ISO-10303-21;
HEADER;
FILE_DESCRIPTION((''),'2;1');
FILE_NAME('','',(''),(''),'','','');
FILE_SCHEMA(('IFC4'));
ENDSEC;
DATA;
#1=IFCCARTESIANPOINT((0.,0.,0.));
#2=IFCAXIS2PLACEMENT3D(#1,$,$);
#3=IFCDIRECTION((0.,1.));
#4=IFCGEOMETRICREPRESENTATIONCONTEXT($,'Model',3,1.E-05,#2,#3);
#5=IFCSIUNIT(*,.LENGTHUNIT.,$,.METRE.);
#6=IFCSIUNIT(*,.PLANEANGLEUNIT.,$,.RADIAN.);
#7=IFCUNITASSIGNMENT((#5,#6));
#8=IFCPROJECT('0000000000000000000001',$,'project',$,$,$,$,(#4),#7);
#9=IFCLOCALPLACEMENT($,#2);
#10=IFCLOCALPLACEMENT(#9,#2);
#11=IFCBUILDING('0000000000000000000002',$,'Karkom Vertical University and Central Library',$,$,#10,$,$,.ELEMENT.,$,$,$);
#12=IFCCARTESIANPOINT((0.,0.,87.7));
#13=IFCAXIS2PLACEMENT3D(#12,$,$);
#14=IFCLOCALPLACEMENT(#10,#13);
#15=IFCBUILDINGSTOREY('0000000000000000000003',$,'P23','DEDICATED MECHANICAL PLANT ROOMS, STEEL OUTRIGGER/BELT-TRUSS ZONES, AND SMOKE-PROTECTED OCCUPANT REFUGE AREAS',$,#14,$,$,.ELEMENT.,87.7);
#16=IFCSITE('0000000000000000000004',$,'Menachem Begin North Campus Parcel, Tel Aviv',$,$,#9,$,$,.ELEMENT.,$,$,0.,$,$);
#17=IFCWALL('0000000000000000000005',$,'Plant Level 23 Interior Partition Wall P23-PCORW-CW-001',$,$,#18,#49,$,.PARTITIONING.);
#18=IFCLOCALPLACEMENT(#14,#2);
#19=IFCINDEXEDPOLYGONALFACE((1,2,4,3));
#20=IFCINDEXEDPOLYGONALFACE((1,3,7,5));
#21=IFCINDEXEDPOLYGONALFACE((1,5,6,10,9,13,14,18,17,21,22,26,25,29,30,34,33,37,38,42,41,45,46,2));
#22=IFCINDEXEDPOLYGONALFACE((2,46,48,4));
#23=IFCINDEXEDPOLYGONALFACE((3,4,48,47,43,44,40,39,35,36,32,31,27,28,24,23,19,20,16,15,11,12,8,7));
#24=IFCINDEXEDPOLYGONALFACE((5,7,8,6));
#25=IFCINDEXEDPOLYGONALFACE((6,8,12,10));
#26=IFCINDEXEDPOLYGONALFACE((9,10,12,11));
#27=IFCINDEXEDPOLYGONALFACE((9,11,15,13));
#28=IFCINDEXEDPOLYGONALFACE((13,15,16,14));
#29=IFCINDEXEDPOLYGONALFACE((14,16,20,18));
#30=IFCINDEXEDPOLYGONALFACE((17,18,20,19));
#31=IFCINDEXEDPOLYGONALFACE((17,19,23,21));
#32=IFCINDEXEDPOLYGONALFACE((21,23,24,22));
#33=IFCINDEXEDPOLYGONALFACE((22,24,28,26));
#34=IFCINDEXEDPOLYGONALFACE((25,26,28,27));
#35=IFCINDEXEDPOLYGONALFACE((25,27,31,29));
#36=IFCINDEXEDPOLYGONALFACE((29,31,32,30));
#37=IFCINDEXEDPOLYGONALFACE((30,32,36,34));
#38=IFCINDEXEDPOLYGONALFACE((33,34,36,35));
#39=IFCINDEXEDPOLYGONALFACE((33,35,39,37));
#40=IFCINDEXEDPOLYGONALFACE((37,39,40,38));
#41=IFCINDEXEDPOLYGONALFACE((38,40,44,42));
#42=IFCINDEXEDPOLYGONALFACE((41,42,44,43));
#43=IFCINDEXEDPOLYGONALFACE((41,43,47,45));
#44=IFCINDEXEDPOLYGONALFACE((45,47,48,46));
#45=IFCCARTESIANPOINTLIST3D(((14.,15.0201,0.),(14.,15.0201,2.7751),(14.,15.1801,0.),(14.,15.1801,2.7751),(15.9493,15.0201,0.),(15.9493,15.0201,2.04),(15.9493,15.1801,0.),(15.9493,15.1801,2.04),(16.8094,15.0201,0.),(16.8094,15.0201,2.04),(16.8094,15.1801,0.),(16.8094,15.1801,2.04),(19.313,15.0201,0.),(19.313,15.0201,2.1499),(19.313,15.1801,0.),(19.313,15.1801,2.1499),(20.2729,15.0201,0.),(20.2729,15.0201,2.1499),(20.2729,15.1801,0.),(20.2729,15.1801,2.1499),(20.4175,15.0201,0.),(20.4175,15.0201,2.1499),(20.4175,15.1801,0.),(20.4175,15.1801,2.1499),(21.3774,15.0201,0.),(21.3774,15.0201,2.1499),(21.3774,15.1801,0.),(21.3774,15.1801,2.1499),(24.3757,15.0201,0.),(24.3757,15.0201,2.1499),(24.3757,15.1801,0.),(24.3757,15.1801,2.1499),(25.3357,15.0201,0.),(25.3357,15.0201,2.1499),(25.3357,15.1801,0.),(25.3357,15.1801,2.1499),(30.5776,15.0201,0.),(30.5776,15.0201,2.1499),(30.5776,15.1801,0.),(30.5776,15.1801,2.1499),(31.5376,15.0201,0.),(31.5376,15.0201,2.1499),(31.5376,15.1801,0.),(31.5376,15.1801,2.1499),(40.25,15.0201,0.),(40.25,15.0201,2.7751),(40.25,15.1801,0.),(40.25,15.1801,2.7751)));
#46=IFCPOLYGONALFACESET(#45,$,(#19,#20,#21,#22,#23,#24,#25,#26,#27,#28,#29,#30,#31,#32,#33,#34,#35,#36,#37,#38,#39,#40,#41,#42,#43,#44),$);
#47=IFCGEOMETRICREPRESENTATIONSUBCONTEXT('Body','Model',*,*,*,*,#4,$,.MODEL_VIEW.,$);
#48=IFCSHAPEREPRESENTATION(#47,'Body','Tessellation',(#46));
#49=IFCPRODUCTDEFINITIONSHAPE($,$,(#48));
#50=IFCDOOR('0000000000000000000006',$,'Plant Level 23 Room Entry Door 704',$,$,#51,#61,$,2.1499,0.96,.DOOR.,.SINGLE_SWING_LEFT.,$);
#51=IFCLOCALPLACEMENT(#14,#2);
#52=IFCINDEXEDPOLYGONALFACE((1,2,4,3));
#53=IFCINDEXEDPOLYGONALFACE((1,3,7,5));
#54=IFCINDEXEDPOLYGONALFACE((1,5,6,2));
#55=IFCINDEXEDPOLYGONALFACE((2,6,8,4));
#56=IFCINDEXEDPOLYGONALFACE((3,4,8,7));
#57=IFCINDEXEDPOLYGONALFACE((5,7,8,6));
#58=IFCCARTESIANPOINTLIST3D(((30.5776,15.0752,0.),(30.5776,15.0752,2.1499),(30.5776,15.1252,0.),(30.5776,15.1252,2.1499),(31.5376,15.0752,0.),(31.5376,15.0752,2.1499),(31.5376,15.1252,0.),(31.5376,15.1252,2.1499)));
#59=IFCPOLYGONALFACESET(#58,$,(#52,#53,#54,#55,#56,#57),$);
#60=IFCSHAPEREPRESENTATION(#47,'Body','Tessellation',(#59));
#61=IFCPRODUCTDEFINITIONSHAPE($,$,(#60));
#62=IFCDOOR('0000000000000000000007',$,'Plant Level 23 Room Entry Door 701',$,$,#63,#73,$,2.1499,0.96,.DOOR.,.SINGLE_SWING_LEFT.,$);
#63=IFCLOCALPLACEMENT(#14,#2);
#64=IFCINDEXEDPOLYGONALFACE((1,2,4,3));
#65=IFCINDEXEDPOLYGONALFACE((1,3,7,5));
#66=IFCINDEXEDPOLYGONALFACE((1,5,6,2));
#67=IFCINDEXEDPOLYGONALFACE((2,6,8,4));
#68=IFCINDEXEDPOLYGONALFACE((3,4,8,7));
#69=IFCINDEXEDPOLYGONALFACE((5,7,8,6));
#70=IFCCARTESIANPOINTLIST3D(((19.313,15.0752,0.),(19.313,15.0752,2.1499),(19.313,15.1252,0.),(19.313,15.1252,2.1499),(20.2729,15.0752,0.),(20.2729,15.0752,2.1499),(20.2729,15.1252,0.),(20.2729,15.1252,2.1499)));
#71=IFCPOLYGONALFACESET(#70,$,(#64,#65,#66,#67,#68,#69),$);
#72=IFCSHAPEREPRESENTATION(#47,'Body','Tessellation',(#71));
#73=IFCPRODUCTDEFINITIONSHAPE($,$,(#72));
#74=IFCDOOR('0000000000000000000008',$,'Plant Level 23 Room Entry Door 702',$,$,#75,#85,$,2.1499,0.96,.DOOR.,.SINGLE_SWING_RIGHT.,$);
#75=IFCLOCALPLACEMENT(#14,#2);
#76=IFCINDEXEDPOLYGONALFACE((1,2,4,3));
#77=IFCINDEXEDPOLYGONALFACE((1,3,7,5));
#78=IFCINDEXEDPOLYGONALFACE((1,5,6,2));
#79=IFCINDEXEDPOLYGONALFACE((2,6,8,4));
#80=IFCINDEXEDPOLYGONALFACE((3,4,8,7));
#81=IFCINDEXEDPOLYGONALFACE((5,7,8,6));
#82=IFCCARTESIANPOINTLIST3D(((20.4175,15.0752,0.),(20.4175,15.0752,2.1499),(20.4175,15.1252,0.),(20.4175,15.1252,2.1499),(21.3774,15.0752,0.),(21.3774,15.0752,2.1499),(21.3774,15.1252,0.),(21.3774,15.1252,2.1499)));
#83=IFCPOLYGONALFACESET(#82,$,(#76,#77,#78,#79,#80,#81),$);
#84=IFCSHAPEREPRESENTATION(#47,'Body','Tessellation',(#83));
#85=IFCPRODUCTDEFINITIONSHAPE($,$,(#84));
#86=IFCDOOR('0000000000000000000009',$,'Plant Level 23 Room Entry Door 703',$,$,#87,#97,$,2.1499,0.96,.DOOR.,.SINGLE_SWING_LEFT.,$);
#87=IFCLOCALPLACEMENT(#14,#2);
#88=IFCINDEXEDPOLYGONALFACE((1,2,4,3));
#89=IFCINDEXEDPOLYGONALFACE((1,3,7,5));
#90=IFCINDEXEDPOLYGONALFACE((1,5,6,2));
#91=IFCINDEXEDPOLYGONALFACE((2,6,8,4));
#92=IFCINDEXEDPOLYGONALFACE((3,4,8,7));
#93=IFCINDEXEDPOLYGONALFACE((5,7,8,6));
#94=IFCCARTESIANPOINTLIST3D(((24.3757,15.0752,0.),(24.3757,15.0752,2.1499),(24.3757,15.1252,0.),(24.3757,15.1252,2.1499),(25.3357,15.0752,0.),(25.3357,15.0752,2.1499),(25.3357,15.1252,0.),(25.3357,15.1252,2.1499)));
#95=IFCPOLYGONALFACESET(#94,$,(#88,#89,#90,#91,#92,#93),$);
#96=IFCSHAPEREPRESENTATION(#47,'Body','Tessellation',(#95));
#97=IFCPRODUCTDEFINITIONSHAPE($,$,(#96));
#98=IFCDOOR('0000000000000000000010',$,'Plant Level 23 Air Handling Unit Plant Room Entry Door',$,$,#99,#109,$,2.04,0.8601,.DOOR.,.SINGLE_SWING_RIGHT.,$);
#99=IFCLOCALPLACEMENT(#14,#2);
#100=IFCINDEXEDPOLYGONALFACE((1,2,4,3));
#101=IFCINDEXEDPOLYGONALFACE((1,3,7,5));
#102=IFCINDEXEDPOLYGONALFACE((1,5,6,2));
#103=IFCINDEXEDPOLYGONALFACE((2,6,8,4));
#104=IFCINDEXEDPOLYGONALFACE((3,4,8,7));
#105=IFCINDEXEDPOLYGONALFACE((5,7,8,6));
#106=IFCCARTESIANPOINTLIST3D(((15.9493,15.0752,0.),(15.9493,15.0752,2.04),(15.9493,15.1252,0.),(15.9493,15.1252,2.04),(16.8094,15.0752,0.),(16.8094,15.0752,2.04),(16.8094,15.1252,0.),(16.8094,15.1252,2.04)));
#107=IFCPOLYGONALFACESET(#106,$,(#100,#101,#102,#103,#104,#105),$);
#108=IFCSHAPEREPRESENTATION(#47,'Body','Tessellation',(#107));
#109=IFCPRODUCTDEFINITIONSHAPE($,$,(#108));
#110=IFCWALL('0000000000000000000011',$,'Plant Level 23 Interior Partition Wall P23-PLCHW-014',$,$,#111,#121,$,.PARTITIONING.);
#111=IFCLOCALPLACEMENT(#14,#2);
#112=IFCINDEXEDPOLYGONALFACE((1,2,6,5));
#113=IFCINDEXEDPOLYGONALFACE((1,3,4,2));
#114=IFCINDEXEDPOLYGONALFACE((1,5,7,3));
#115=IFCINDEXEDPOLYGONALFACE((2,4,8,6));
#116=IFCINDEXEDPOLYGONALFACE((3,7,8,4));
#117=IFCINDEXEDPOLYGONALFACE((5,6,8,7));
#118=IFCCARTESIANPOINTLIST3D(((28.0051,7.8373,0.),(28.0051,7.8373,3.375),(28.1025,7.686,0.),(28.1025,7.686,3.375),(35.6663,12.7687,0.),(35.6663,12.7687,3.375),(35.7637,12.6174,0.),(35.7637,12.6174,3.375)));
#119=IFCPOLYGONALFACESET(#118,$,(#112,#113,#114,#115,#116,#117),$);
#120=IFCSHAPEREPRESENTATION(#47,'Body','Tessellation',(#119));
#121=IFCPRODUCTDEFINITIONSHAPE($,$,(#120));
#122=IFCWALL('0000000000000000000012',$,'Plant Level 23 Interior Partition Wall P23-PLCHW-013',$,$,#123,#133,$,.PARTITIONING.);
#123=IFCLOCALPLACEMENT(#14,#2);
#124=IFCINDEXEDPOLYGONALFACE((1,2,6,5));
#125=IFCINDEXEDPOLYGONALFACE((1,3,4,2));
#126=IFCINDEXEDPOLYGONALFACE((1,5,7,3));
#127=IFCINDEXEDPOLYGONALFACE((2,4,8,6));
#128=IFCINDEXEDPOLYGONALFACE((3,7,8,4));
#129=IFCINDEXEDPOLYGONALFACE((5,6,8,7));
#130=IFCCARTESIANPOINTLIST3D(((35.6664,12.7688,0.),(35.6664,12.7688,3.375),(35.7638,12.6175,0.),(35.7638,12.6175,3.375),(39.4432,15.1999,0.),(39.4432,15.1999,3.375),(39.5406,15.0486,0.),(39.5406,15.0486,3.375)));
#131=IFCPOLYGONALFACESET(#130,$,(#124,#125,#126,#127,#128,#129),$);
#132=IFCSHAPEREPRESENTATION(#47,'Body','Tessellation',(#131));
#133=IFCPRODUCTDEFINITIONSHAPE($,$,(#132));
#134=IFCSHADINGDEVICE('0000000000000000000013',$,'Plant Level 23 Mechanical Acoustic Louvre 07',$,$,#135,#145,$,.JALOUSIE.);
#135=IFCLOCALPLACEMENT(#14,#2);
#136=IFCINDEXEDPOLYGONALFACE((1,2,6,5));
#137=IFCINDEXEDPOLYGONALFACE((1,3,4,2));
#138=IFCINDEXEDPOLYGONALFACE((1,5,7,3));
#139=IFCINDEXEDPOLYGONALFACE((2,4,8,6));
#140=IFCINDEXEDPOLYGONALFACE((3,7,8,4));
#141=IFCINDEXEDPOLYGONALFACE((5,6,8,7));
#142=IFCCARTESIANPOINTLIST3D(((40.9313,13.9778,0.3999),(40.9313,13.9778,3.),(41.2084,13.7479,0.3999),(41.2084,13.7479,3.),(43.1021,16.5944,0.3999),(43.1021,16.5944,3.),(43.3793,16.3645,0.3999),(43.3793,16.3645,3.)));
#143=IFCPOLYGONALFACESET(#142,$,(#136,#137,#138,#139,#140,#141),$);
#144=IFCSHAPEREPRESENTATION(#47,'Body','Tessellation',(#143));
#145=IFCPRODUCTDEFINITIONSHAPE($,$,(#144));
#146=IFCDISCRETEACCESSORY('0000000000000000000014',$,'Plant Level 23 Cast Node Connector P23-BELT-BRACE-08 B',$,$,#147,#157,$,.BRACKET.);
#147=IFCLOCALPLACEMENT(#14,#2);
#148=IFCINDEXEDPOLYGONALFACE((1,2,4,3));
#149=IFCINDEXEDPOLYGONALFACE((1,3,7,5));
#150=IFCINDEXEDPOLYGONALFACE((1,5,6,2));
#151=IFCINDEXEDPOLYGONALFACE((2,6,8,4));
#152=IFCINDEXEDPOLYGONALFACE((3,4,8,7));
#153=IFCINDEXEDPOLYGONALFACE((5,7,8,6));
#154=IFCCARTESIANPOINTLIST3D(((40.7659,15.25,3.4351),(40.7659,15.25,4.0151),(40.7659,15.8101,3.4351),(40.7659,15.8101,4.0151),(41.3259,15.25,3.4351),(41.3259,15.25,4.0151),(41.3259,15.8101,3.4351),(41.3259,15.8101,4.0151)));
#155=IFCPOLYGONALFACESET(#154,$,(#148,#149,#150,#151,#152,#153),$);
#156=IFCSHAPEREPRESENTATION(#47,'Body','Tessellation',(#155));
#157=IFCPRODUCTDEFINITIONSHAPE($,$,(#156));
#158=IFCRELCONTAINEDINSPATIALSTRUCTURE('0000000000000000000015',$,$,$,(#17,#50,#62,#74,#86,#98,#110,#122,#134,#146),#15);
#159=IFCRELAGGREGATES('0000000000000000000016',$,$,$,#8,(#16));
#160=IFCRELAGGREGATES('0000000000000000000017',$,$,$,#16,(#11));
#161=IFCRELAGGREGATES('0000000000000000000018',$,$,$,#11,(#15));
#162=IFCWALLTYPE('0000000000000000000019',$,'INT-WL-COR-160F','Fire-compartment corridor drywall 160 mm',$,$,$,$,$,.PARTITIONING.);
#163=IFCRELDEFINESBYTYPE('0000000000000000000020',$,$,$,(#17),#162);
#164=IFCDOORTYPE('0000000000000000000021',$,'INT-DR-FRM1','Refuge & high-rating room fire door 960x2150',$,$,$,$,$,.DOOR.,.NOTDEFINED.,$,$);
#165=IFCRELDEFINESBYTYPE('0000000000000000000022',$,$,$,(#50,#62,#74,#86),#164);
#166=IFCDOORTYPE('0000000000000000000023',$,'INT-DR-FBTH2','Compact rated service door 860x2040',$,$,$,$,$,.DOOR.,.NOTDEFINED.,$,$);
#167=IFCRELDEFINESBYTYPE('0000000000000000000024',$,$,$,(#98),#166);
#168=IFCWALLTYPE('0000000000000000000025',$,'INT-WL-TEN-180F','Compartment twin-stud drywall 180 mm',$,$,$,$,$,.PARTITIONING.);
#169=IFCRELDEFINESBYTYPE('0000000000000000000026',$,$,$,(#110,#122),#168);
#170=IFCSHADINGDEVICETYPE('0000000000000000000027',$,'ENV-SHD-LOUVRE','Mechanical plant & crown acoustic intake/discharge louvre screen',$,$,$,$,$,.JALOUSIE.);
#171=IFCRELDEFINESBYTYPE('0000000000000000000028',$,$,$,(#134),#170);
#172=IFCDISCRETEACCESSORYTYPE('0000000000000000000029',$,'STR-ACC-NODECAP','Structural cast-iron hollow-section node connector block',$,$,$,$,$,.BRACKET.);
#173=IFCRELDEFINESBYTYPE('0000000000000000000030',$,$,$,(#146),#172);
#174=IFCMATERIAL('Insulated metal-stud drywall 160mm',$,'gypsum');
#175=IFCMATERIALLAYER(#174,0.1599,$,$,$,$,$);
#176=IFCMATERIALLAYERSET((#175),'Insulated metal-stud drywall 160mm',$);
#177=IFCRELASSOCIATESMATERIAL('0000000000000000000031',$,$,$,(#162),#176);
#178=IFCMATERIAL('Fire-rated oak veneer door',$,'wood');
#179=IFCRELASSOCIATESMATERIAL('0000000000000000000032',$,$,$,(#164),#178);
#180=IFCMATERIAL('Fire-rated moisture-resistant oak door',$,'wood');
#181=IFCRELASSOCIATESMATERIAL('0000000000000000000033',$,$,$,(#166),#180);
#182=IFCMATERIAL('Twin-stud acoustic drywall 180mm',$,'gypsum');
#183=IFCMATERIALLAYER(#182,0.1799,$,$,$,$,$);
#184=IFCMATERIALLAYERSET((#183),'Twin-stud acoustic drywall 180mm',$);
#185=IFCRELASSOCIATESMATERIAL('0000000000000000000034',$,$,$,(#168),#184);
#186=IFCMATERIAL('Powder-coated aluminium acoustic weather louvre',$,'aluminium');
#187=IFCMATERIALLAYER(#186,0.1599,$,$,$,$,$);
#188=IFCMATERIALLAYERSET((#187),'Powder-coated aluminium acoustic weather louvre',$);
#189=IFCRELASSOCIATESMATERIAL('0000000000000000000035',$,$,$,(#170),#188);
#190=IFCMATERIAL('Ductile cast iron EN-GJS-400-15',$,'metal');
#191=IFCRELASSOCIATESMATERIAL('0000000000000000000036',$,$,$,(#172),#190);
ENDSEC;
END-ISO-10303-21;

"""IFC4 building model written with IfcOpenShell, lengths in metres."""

from ifc_helpers import new_model, si_unit, direction, frame, frame_2d, origin, origin_with_axes, origin_2d, place, context, subcontext, project, spatial, rectangle, extrude, source, transform, mapped, material, layer, layer_set, type_object, element, fill, save


model = new_model("IFC4")

# Units and contexts
model_context = context("Model", 3, precision=1e-05, world=origin(), true_north=direction((0.0, 1.0)))
body_context = subcontext(model_context, "Body", "Model", "MODEL_VIEW")
ifc_project = project(units=[si_unit("LENGTHUNIT", "METRE"), si_unit("PLANEANGLEUNIT", "RADIAN")], contexts=[model_context])

# Site, building, storey
site_placement = place(None, origin())
site = spatial("IfcSite", under=ifc_project, at=site_placement, Name="Menachem Begin North Campus Parcel, Tel Aviv", CompositionType="ELEMENT", RefElevation=0.0)
building_placement = place(site_placement, origin())
building = spatial("IfcBuilding", under=site, at=building_placement, Name="Karkom Vertical University and Central Library", CompositionType="ELEMENT")
storey_placement = place(building_placement, frame((0.0, 0.0, 87.7)))
storey = spatial("IfcBuildingStorey", under=building, at=storey_placement, Name="P23", Description="DEDICATED MECHANICAL PLANT ROOMS, STEEL OUTRIGGER/BELT-TRUSS ZONES, AND SMOKE-PROTECTED OCCUPANT REFUGE AREAS", CompositionType="ELEMENT", Elevation=87.7)

# Wall, openings, doors
ifc_material_1 = material(Name="Insulated metal-stud drywall 160mm", Category="gypsum")
ifc_layer_1 = layer(ifc_material_1, 0.1599)
ifc_layer_set_1 = layer_set([ifc_layer_1], Name="Insulated metal-stud drywall 160mm")
wall_type_1 = type_object("IfcWallType", Name="INT-WL-COR-160F", Description="Fire-compartment corridor drywall 160 mm", PredefinedType="PARTITIONING", material=ifc_layer_set_1)
wall_1_placement = place(storey_placement, frame((40.25, 15.1001, 0.0), z_axis=(0.0, 0.0, 1.0), x_axis=(-1.0, 0.0, 0.0)))
wall_1 = element("IfcWall", 1, at=wall_1_placement, inside=storey, type_object=wall_type_1, Name="Plant Level 23 Interior Partition Wall P23-PCORW-CW-001", PredefinedType="PARTITIONING", context=body_context, shape_type="SweptSolid", body=[
    extrude(rectangle(XDim=26.25, YDim=0.1599, at=frame_2d((13.125, 0.0))), origin(), (0.0, 0.0, 1.0), 2.7751),
])
opening_1_placement = place(wall_1_placement, frame((8.7124, 0.0, 0.0)))
opening_1 = element("IfcOpeningElement", 2, at=opening_1_placement, cuts=wall_1, PredefinedType="OPENING", context=body_context, shape_type="SweptSolid", body=[
    extrude(rectangle(XDim=0.96, YDim=2.1499, at=frame_2d((0.48, 1.075))), frame((0.0, 0.0898, 0.0), z_axis=(0.0, -1.0, 0.0), x_axis=(1.0, 0.0, 0.0)), (0.0, 0.0, 1.0), 0.1799),
])
opening_2_placement = place(wall_1_placement, frame((19.9771, 0.0, 0.0)))
opening_2 = element("IfcOpeningElement", 3, at=opening_2_placement, cuts=wall_1, PredefinedType="OPENING", context=body_context, shape_type="SweptSolid", body=[
    extrude(rectangle(XDim=0.96, YDim=2.1499, at=frame_2d((0.48, 1.075))), frame((0.0, 0.0898, 0.0), z_axis=(0.0, -1.0, 0.0), x_axis=(1.0, 0.0, 0.0)), (0.0, 0.0, 1.0), 0.1799),
])
opening_3_placement = place(wall_1_placement, frame((18.8726, 0.0, 0.0)))
opening_3 = element("IfcOpeningElement", 4, at=opening_3_placement, cuts=wall_1, PredefinedType="OPENING", context=body_context, shape_type="SweptSolid", body=[
    extrude(rectangle(XDim=0.96, YDim=2.1499, at=frame_2d((0.48, 1.075))), frame((0.0, 0.0898, 0.0), z_axis=(0.0, -1.0, 0.0), x_axis=(1.0, 0.0, 0.0)), (0.0, 0.0, 1.0), 0.1799),
])
opening_4_placement = place(wall_1_placement, frame((14.9143, 0.0, 0.0)))
opening_4 = element("IfcOpeningElement", 5, at=opening_4_placement, cuts=wall_1, PredefinedType="OPENING", context=body_context, shape_type="SweptSolid", body=[
    extrude(rectangle(XDim=0.96, YDim=2.1499, at=frame_2d((0.48, 1.075))), frame((0.0, 0.0898, 0.0), z_axis=(0.0, -1.0, 0.0), x_axis=(1.0, 0.0, 0.0)), (0.0, 0.0, 1.0), 0.1799),
])
opening_5_placement = place(wall_1_placement, frame((23.4404, 0.0, 0.0)))
opening_5 = element("IfcOpeningElement", 6, at=opening_5_placement, cuts=wall_1, PredefinedType="OPENING", context=body_context, shape_type="SweptSolid", body=[
    extrude(rectangle(XDim=0.8601, YDim=2.04, at=frame_2d((0.4302, 1.02))), frame((0.0, 0.0898, 0.0), z_axis=(0.0, -1.0, 0.0), x_axis=(1.0, 0.0, 0.0)), (0.0, 0.0, 1.0), 0.1799),
])
ifc_material_2 = material(Name="Fire-rated oak veneer door", Category="wood")
door_type_1 = type_object("IfcDoorType", Name="INT-DR-FRM1", Description="Refuge & high-rating room fire door 960x2150", OperationType="NOTDEFINED", PredefinedType="DOOR", material=ifc_material_2)
shared_shape_1 = source(origin_with_axes(), body_context, "Body", "SweptSolid", [
    extrude(rectangle(XDim=0.96, YDim=2.1499, at=frame_2d((0.48, 1.075))), frame((0.0, 0.0249, 0.0), z_axis=(0.0, -1.0, 0.0), x_axis=(1.0, 0.0, 0.0)), (0.0, 0.0, 1.0), 0.05),
])
door_1_placement = place(opening_1_placement, origin())
door_1 = element("IfcDoor", 7, at=door_1_placement, inside=storey, type_object=door_type_1, Name="Plant Level 23 Room Entry Door 704", OperationType="SINGLE_SWING_LEFT", OverallHeight=2.1499, OverallWidth=0.96, PredefinedType="DOOR", context=body_context, shape_type="MappedRepresentation", body=[
    mapped(shared_shape_1, transform((0.0, 0.0, 0.0), scale=1.0)),
])
fill(opening_1, door_1)
door_2_placement = place(opening_2_placement, origin())
door_2 = element("IfcDoor", 8, at=door_2_placement, inside=storey, type_object=door_type_1, Name="Plant Level 23 Room Entry Door 701", OperationType="SINGLE_SWING_LEFT", OverallHeight=2.1499, OverallWidth=0.96, PredefinedType="DOOR", context=body_context, shape_type="MappedRepresentation", body=[
    mapped(shared_shape_1, transform((0.0, 0.0, 0.0), scale=1.0)),
])
fill(opening_2, door_2)
door_3_placement = place(opening_3_placement, origin())
door_3 = element("IfcDoor", 9, at=door_3_placement, inside=storey, type_object=door_type_1, Name="Plant Level 23 Room Entry Door 702", OperationType="SINGLE_SWING_RIGHT", OverallHeight=2.1499, OverallWidth=0.96, PredefinedType="DOOR", context=body_context, shape_type="MappedRepresentation", body=[
    mapped(shared_shape_1, transform((0.0, 0.0, 0.0), scale=1.0)),
])
fill(opening_3, door_3)
door_4_placement = place(opening_4_placement, origin())
door_4 = element("IfcDoor", 10, at=door_4_placement, inside=storey, type_object=door_type_1, Name="Plant Level 23 Room Entry Door 703", OperationType="SINGLE_SWING_LEFT", OverallHeight=2.1499, OverallWidth=0.96, PredefinedType="DOOR", context=body_context, shape_type="MappedRepresentation", body=[
    mapped(shared_shape_1, transform((0.0, 0.0, 0.0), scale=1.0)),
])
fill(opening_4, door_4)
ifc_material_3 = material(Name="Fire-rated moisture-resistant oak door", Category="wood")
door_type_2 = type_object("IfcDoorType", Name="INT-DR-FBTH2", Description="Compact rated service door 860x2040", OperationType="NOTDEFINED", PredefinedType="DOOR", material=ifc_material_3)
shared_shape_2 = source(origin_with_axes(), body_context, "Body", "SweptSolid", [
    extrude(rectangle(XDim=0.8601, YDim=2.04, at=frame_2d((0.4302, 1.02))), frame((0.0, 0.0249, 0.0), z_axis=(0.0, -1.0, 0.0), x_axis=(1.0, 0.0, 0.0)), (0.0, 0.0, 1.0), 0.05),
])
door_5_placement = place(opening_5_placement, origin())
door_5 = element("IfcDoor", 11, at=door_5_placement, inside=storey, type_object=door_type_2, Name="Plant Level 23 Air Handling Unit Plant Room Entry Door", OperationType="SINGLE_SWING_RIGHT", OverallHeight=2.04, OverallWidth=0.8601, PredefinedType="DOOR", context=body_context, shape_type="MappedRepresentation", body=[
    mapped(shared_shape_2, transform((0.0, 0.0, 0.0), scale=1.0)),
])
fill(opening_5, door_5)

# Walls
ifc_material_4 = material(Name="Twin-stud acoustic drywall 180mm", Category="gypsum")
ifc_layer_2 = layer(ifc_material_4, 0.1799)
ifc_layer_set_2 = layer_set([ifc_layer_2], Name="Twin-stud acoustic drywall 180mm")
wall_type_2 = type_object("IfcWallType", Name="INT-WL-TEN-180F", Description="Compartment twin-stud drywall 180 mm", PredefinedType="PARTITIONING", material=ifc_layer_set_2)
wall_2_placement = place(storey_placement, frame((35.7151, 12.6931, 0.0), z_axis=(0.0, 0.0, 1.0), x_axis=(-0.84086, -0.541253, 0.0)))
element("IfcWall", 12, at=wall_2_placement, inside=storey, type_object=wall_type_2, Name="Plant Level 23 Interior Partition Wall P23-PLCHW-014", PredefinedType="PARTITIONING", context=body_context, shape_type="SweptSolid", body=[
    extrude(rectangle(XDim=9.1111, YDim=0.1799, at=frame_2d((4.5557, 0.0))), origin(), (0.0, 0.0, 1.0), 3.375),
])
wall_3_placement = place(storey_placement, frame((39.4919, 15.1243, 0.0), z_axis=(0.0, 0.0, 1.0), x_axis=(-0.840857, -0.541257, 0.0)))
element("IfcWall", 13, at=wall_3_placement, inside=storey, type_object=wall_type_2, Name="Plant Level 23 Interior Partition Wall P23-PLCHW-013", PredefinedType="PARTITIONING", context=body_context, shape_type="SweptSolid", body=[
    extrude(rectangle(XDim=4.4917, YDim=0.1799, at=frame_2d((2.2458, 0.0))), origin(), (0.0, 0.0, 1.0), 3.375),
])

# Shading device
ifc_material_5 = material(Name="Powder-coated aluminium acoustic weather louvre", Category="aluminium")
ifc_layer_3 = layer(ifc_material_5, 0.1599)
ifc_layer_set_3 = layer_set([ifc_layer_3], Name="Powder-coated aluminium acoustic weather louvre")
shading_device_type = type_object("IfcShadingDeviceType", Name="ENV-SHD-LOUVRE", Description="Mechanical plant & crown acoustic intake/discharge louvre screen", PredefinedType="JALOUSIE", material=ifc_layer_set_3)
shared_shape_3 = source(origin_with_axes(), body_context, "Body", "SweptSolid", [
    extrude(rectangle(XDim=3.3999, YDim=0.3601, at=origin_2d()), origin(), (0.0, 0.0, 1.0), 2.6001),
])
shading_device_placement = place(storey_placement, frame((42.1553, 15.1711, 0.3999), z_axis=(0.0, 0.0, 1.0), x_axis=(0.638499, 0.769622, 0.0)))
element("IfcShadingDevice", 14, at=shading_device_placement, inside=storey, type_object=shading_device_type, Name="Plant Level 23 Mechanical Acoustic Louvre 07", PredefinedType="JALOUSIE", context=body_context, shape_type="MappedRepresentation", body=[
    mapped(shared_shape_3, transform((0.0, 0.0, 0.0), scale=1.0)),
])

# Discrete accessory
ifc_material_6 = material(Name="Ductile cast iron EN-GJS-400-15", Category="metal")
discrete_accessory_type = type_object("IfcDiscreteAccessoryType", Name="STR-ACC-NODECAP", Description="Structural cast-iron hollow-section node connector block", PredefinedType="BRACKET", material=ifc_material_6)
shared_shape_4 = source(origin_with_axes(), body_context, "Body", "SweptSolid", [
    extrude(rectangle(XDim=0.5601, YDim=0.5601, at=origin_2d()), origin(), (0.0, 0.0, 1.0), 0.5801),
])
for number, where, z_axis, x_axis, name in (
    (15, (41.0459, 15.53, 3.4351), (0.0, 0.0, 1.0), (1.0, 0.0, 0.0), "Plant Level 23 Cast Node Connector P23-BELT-BRACE-08 B"),
):
    element("IfcDiscreteAccessory", number, at=place(storey_placement, frame(where, z_axis=z_axis, x_axis=x_axis)), inside=storey, type_object=discrete_accessory_type, Name=name, PredefinedType="BRACKET", context=body_context, shape_type="MappedRepresentation", body=[
        mapped(shared_shape_4, transform((0.0, 0.0, 0.0), scale=1.0)),
    ])

save(model, "model.ifc")
